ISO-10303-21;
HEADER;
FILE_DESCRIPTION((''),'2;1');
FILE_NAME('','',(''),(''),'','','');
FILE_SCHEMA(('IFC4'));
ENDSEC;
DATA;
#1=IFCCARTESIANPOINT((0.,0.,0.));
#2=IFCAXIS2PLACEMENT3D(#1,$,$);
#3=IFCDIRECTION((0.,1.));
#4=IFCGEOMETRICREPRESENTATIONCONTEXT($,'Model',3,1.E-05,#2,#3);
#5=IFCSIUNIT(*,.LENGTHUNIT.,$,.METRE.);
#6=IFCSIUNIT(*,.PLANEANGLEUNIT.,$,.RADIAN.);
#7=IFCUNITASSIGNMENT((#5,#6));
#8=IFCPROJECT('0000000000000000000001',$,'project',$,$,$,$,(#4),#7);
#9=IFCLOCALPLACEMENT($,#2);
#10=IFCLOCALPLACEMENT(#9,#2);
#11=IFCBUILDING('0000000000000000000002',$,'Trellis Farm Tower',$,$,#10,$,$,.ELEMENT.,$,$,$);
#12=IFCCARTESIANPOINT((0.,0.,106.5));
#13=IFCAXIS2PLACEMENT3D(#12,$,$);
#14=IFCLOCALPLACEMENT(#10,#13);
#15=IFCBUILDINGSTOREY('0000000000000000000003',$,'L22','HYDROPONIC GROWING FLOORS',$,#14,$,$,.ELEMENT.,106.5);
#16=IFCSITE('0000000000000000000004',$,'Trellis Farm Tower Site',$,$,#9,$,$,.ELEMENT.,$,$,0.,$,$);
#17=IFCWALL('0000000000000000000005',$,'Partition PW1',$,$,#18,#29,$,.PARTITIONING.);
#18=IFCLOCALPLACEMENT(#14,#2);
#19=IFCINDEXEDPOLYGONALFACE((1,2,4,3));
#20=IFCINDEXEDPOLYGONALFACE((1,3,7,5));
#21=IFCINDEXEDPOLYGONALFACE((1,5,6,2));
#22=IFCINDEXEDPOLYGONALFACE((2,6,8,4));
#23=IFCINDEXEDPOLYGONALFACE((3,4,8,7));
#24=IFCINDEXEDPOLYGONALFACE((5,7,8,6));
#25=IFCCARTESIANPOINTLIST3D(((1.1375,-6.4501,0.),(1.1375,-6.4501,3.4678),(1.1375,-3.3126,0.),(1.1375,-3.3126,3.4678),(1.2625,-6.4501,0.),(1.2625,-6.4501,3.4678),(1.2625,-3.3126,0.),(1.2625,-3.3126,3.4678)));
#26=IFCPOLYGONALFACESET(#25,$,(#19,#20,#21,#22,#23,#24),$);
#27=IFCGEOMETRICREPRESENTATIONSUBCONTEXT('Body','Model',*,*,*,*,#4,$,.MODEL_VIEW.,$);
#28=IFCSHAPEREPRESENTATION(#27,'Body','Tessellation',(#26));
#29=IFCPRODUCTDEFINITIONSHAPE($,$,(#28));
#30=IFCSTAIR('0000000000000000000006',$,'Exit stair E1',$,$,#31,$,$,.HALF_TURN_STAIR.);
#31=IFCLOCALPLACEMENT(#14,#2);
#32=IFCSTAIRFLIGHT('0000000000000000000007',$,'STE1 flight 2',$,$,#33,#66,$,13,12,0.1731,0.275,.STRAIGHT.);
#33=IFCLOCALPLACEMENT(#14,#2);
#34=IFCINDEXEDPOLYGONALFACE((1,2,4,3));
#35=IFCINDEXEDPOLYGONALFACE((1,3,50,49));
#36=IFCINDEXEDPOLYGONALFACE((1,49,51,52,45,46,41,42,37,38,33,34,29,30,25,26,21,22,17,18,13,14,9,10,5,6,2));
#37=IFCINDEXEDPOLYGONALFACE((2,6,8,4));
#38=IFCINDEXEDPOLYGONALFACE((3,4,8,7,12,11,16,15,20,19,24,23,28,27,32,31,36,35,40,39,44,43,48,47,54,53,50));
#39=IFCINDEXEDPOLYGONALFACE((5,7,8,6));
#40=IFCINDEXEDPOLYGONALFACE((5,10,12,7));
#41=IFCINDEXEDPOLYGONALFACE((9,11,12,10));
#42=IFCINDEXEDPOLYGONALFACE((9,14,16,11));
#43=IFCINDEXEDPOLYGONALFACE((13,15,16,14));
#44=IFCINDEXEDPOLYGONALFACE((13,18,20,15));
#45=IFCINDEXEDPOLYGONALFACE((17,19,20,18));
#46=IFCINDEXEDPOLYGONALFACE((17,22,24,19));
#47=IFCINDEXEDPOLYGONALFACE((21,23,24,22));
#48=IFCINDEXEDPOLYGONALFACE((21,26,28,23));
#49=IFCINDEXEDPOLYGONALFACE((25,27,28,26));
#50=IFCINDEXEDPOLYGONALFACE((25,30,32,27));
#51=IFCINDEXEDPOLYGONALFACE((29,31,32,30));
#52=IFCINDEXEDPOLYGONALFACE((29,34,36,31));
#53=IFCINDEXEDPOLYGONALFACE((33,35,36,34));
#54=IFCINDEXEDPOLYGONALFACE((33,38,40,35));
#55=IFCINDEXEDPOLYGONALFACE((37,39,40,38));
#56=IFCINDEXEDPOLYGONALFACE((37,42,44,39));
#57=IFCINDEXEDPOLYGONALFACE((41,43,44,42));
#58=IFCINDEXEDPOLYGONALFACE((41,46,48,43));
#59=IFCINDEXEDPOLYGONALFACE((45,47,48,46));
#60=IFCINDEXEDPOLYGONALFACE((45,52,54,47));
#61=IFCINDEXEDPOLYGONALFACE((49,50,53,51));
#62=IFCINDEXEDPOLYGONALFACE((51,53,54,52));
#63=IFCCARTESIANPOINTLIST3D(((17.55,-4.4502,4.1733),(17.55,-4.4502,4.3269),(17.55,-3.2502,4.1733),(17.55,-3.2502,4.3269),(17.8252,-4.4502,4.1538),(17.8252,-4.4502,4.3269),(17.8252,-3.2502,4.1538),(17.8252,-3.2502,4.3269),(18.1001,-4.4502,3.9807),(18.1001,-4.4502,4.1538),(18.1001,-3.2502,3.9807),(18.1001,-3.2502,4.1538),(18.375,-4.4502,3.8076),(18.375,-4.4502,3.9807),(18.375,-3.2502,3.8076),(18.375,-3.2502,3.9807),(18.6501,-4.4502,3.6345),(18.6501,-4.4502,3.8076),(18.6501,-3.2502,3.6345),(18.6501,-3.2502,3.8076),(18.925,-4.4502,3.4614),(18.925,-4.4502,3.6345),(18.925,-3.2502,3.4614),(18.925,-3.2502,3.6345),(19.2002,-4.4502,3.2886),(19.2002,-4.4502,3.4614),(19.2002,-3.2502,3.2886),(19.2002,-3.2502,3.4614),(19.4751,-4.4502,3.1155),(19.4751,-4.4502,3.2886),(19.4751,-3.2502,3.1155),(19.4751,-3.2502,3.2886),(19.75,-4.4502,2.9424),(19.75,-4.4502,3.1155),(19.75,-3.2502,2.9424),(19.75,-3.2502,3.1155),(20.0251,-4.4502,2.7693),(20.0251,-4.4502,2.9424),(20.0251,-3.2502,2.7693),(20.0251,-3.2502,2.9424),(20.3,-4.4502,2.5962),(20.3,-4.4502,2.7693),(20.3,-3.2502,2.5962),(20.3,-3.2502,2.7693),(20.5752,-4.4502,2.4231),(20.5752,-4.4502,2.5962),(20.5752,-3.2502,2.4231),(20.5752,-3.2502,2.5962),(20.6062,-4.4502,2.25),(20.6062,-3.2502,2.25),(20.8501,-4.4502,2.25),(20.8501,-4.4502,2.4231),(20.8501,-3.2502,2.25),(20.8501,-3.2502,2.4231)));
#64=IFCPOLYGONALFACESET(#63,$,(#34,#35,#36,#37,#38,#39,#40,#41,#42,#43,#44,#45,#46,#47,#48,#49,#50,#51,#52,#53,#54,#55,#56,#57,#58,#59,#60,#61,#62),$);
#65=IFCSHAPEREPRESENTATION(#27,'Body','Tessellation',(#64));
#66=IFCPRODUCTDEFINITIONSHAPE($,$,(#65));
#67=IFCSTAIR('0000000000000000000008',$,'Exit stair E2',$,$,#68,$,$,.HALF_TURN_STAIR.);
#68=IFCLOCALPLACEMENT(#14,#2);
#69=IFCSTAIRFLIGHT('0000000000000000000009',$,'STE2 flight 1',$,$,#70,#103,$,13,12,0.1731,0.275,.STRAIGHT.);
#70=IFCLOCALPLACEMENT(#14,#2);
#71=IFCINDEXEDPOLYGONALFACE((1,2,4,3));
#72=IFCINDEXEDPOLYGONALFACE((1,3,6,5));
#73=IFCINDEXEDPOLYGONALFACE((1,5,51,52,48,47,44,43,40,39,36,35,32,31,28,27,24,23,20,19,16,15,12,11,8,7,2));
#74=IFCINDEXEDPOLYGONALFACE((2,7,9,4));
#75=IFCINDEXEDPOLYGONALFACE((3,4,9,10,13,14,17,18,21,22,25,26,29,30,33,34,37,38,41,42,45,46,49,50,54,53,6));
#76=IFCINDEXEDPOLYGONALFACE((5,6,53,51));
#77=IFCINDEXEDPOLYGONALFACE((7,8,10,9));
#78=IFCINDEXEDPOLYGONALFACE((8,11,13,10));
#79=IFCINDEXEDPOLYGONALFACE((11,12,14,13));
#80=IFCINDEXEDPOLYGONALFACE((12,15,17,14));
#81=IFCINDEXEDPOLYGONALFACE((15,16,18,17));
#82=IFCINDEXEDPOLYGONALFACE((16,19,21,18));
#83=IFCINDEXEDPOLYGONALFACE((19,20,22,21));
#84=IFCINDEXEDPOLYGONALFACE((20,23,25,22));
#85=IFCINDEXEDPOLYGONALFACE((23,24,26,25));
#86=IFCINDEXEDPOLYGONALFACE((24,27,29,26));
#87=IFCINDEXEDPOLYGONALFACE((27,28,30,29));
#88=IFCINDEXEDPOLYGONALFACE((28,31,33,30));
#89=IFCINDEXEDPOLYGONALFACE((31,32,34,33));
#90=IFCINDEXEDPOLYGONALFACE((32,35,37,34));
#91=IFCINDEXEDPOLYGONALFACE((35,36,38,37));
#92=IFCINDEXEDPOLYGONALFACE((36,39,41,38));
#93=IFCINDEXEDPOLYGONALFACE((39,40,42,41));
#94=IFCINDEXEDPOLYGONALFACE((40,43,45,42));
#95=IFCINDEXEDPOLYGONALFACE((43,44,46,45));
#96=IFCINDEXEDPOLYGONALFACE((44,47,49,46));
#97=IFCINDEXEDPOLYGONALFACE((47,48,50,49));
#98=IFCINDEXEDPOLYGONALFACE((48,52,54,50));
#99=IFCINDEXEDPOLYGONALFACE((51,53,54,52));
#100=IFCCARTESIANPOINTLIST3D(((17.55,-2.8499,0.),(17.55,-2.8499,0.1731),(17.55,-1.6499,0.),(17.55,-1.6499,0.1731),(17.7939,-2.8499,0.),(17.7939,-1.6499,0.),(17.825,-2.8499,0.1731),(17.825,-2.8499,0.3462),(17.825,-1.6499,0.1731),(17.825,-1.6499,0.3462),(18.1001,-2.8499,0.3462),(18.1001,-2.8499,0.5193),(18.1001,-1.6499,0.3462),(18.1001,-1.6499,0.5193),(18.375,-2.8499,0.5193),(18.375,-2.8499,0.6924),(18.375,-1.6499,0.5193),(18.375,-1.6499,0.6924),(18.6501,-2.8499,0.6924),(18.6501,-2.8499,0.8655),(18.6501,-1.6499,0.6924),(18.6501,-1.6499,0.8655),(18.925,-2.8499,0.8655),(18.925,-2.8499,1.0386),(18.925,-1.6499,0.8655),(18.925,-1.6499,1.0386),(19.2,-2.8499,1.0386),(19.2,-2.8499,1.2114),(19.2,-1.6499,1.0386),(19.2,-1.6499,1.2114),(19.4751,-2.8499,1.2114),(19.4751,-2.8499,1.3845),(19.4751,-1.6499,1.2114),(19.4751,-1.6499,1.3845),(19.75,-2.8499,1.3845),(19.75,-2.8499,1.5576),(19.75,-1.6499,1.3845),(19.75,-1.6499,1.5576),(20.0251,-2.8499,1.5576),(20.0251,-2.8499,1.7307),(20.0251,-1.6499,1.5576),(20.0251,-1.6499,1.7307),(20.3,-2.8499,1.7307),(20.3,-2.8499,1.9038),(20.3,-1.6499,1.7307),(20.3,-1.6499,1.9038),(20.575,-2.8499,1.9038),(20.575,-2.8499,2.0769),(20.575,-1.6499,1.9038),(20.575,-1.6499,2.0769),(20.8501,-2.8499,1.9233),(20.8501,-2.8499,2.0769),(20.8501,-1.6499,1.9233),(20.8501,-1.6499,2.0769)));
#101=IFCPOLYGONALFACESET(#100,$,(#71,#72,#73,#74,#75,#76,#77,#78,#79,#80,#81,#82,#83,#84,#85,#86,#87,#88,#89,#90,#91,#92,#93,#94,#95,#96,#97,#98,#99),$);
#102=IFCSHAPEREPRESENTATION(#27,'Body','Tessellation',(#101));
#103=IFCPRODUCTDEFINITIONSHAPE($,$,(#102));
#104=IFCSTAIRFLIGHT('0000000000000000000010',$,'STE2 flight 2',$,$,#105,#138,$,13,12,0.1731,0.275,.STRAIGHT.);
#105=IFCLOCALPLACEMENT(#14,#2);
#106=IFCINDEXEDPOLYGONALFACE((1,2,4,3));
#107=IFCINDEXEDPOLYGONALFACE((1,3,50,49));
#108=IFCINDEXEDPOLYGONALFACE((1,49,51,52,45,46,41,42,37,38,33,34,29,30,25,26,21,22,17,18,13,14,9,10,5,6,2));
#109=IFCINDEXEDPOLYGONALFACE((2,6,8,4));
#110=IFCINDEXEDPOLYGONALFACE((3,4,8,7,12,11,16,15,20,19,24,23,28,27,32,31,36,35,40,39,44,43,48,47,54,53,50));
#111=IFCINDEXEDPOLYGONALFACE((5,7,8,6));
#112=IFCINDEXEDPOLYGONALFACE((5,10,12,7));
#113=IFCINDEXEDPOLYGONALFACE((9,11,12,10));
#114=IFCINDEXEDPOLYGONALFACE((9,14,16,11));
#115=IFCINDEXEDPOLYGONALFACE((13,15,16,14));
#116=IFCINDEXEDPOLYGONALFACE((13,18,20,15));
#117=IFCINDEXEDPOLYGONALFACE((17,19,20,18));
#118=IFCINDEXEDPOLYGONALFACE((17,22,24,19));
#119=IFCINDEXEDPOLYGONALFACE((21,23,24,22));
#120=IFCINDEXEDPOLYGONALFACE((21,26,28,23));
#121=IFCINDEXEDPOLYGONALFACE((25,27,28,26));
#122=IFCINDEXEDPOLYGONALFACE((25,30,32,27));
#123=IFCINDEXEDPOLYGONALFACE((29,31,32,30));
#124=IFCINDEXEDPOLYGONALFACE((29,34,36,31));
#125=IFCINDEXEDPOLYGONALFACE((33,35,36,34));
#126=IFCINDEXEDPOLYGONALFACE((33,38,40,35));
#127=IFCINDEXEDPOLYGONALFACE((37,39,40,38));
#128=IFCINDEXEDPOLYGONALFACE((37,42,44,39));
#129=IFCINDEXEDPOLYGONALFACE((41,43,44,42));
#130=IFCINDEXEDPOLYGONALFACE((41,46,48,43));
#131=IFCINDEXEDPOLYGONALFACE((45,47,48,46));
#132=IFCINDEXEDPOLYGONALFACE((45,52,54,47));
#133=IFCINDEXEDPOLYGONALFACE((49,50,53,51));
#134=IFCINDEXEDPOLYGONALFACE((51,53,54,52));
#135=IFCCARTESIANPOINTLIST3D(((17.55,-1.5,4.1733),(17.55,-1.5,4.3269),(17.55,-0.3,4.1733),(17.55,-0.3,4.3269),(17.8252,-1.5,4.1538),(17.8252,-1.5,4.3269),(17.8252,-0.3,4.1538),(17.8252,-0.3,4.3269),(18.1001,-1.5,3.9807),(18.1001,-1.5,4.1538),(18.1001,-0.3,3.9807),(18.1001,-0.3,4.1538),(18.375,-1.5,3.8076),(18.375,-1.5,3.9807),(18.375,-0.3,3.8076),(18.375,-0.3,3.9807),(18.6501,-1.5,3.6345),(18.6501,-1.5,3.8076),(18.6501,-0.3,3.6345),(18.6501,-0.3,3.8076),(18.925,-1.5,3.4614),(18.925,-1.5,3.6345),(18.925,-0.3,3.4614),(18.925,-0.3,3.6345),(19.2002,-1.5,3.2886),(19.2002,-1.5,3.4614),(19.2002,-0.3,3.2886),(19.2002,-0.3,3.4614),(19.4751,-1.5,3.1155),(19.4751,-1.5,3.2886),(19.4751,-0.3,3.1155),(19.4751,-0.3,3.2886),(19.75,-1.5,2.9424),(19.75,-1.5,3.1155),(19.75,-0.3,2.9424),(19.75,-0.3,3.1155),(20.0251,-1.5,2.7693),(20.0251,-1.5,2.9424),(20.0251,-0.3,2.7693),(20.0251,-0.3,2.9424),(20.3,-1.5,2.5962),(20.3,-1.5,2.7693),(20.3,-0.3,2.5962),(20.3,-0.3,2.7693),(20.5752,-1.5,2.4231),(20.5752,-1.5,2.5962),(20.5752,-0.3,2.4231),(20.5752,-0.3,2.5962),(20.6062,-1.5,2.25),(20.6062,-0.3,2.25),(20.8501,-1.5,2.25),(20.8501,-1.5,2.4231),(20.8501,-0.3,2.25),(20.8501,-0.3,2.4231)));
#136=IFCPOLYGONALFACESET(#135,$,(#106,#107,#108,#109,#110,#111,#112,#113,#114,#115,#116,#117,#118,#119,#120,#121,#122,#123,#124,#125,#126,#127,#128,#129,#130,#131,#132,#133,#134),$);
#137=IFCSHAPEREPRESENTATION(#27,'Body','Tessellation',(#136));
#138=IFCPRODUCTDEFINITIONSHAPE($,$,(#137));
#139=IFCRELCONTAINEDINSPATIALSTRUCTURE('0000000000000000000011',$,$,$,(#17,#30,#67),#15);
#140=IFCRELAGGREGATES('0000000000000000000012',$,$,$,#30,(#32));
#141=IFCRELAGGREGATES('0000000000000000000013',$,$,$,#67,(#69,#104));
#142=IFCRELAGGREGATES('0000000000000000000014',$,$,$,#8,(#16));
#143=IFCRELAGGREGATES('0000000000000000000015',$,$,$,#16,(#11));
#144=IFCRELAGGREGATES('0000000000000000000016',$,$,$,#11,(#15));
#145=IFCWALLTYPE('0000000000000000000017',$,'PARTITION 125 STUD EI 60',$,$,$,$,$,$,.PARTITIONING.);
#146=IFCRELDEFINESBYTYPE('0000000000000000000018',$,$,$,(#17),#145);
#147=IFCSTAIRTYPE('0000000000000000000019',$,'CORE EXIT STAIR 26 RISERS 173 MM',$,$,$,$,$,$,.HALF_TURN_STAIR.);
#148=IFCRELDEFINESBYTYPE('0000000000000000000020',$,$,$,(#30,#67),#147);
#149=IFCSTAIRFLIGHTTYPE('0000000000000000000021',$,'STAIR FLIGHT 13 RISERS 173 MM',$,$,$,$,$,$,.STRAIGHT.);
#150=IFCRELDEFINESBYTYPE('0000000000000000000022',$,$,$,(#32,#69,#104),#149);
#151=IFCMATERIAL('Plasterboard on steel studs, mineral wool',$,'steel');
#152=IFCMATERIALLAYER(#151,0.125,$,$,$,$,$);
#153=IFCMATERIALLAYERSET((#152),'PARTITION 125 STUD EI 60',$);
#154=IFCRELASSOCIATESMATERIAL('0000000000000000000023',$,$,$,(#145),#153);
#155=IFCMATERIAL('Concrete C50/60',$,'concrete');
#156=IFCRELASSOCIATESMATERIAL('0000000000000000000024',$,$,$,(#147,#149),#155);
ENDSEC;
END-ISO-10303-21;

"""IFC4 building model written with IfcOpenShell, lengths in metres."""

from ifc_helpers import new_model, si_unit, direction, frame, frame_2d, origin, place, context, subcontext, project, spatial, polyline, rectangle, outline, extrude, source, transform, mapped, material, layer, layer_set, type_object, element, aggregate, save


model = new_model("IFC4")

# Units and contexts
model_context = context("Model", 3, precision=1e-05, world=origin(), true_north=direction((0.0, 1.0)))
body_context = subcontext(model_context, "Body", "Model", "MODEL_VIEW")
ifc_project = project(units=[si_unit("LENGTHUNIT", "METRE"), si_unit("PLANEANGLEUNIT", "RADIAN")], contexts=[model_context])

# Site, building, storey
site_placement = place(None, origin())
site = spatial("IfcSite", under=ifc_project, at=site_placement, Name="Trellis Farm Tower Site", CompositionType="ELEMENT", RefElevation=0.0)
building_placement = place(site_placement, origin())
building = spatial("IfcBuilding", under=site, at=building_placement, Name="Trellis Farm Tower", CompositionType="ELEMENT")
storey_placement = place(building_placement, frame((0.0, 0.0, 106.5)))
storey = spatial("IfcBuildingStorey", under=building, at=storey_placement, Name="L22", Description="HYDROPONIC GROWING FLOORS", CompositionType="ELEMENT", Elevation=106.5)

# Shared definitions
placement = place(storey_placement, origin())

# Shared definitions
ifc_material_1 = material(Name="Plasterboard on steel studs, mineral wool", Category="steel")
ifc_layer_1 = layer(ifc_material_1, 0.125)
ifc_layer_set_1 = layer_set([ifc_layer_1], Name="PARTITION 125 STUD EI 60")
wall_type_1 = type_object("IfcWallType", Name="PARTITION 125 STUD EI 60", PredefinedType="PARTITIONING", material=ifc_layer_set_1)

# Wall
shared_shape_1 = source(origin(), body_context, "Body", "SweptSolid", [
    extrude(rectangle(XDim=3.1375, YDim=0.125, at=frame_2d((1.5688, 0.0))), origin(), (0.0, 0.0, 1.0), 3.4678),
])
wall_1_placement = place(storey_placement, frame((1.2, -3.3125, 0.0), z_axis=(0.0, 0.0, 1.0), x_axis=(0.0, -1.0, 0.0)))
element("IfcWall", 1, at=wall_1_placement, inside=storey, type_object=wall_type_1, Name="Partition PW1", PredefinedType="PARTITIONING", context=body_context, shape_type="MappedRepresentation", body=[
    mapped(shared_shape_1, transform((0.0, 0.0, 0.0))),
])

# Stair, stair flight
ifc_material_2 = material(Name="Concrete C50/60", Category="concrete")
stair_type = type_object("IfcStairType", Name="CORE EXIT STAIR 26 RISERS 173 MM", PredefinedType="HALF_TURN_STAIR", material=ifc_material_2)
stair_1 = element("IfcStair", 2, at=placement, inside=storey, type_object=stair_type, Name="Exit stair E1", PredefinedType="HALF_TURN_STAIR")
stair_flight_type = type_object("IfcStairFlightType", Name="STAIR FLIGHT 13 RISERS 173 MM", PredefinedType="STRAIGHT", material=ifc_material_2)
shared_shape_2 = source(origin(), body_context, "Body", "SweptSolid", [
    extrude(outline(polyline([(0.0, 0.0), (0.0, 0.1731), (0.2749, 0.1731), (0.2749, 0.3462), (0.55, 0.3462), (0.55, 0.5193), (0.825, 0.5193), (0.825, 0.6924), (1.1001, 0.6924), (1.1001, 0.8655), (1.375, 0.8655), (1.375, 1.0386), (1.6499, 1.0386), (1.6499, 1.2114), (1.925, 1.2114), (1.925, 1.3845), (2.2, 1.3845), (2.2, 1.5576), (2.4751, 1.5576), (2.4751, 1.7307), (2.75, 1.7307), (2.75, 1.9038), (3.0249, 1.9038), (3.0249, 2.0769), (3.3, 2.0769), (3.3, 2.25), (3.3, 1.9233), (0.2439, 0.0), (0.0, 0.0)])), frame((0.0, 0.6001, 0.0), z_axis=(0.0, -1.0, 0.0), x_axis=(1.0, 0.0, 0.0)), (0.0, 0.0, 1.0), 1.2),
])
stair_flight_1_placement = place(storey_placement, frame((20.8501, -3.8501, 2.25), z_axis=(0.0, 0.0, 1.0), x_axis=(-1.0, 0.0, 0.0)))
stair_flight_1 = element("IfcStairFlight", 3, at=stair_flight_1_placement, type_object=stair_flight_type, Name="STE1 flight 2", NumberOfRisers=13, NumberOfTreads=12, PredefinedType="STRAIGHT", RiserHeight=0.1731, TreadLength=0.275, context=body_context, shape_type="MappedRepresentation", body=[
    mapped(shared_shape_2, transform((0.0, 0.0, 0.0))),
])
aggregate(stair_1, [stair_flight_1])

# Stair, stair flights
stair_2 = element("IfcStair", 4, at=placement, inside=storey, type_object=stair_type, Name="Exit stair E2", PredefinedType="HALF_TURN_STAIR")
stair_flight_2_placement = place(storey_placement, frame((17.55, -2.25, 0.0), z_axis=(0.0, 0.0, 1.0), x_axis=(1.0, 0.0, 0.0)))
stair_flight_2 = element("IfcStairFlight", 5, at=stair_flight_2_placement, type_object=stair_flight_type, Name="STE2 flight 1", NumberOfRisers=13, NumberOfTreads=12, PredefinedType="STRAIGHT", RiserHeight=0.1731, TreadLength=0.275, context=body_context, shape_type="MappedRepresentation", body=[
    mapped(shared_shape_2, transform((0.0, 0.0, 0.0))),
])
stair_flight_3_placement = place(storey_placement, frame((20.8501, -0.8999, 2.25), z_axis=(0.0, 0.0, 1.0), x_axis=(-1.0, 0.0, 0.0)))
stair_flight_3 = element("IfcStairFlight", 6, at=stair_flight_3_placement, type_object=stair_flight_type, Name="STE2 flight 2", NumberOfRisers=13, NumberOfTreads=12, PredefinedType="STRAIGHT", RiserHeight=0.1731, TreadLength=0.275, context=body_context, shape_type="MappedRepresentation", body=[
    mapped(shared_shape_2, transform((0.0, 0.0, 0.0))),
])
aggregate(stair_2, [stair_flight_2, stair_flight_3])

save(model, "model.ifc")
